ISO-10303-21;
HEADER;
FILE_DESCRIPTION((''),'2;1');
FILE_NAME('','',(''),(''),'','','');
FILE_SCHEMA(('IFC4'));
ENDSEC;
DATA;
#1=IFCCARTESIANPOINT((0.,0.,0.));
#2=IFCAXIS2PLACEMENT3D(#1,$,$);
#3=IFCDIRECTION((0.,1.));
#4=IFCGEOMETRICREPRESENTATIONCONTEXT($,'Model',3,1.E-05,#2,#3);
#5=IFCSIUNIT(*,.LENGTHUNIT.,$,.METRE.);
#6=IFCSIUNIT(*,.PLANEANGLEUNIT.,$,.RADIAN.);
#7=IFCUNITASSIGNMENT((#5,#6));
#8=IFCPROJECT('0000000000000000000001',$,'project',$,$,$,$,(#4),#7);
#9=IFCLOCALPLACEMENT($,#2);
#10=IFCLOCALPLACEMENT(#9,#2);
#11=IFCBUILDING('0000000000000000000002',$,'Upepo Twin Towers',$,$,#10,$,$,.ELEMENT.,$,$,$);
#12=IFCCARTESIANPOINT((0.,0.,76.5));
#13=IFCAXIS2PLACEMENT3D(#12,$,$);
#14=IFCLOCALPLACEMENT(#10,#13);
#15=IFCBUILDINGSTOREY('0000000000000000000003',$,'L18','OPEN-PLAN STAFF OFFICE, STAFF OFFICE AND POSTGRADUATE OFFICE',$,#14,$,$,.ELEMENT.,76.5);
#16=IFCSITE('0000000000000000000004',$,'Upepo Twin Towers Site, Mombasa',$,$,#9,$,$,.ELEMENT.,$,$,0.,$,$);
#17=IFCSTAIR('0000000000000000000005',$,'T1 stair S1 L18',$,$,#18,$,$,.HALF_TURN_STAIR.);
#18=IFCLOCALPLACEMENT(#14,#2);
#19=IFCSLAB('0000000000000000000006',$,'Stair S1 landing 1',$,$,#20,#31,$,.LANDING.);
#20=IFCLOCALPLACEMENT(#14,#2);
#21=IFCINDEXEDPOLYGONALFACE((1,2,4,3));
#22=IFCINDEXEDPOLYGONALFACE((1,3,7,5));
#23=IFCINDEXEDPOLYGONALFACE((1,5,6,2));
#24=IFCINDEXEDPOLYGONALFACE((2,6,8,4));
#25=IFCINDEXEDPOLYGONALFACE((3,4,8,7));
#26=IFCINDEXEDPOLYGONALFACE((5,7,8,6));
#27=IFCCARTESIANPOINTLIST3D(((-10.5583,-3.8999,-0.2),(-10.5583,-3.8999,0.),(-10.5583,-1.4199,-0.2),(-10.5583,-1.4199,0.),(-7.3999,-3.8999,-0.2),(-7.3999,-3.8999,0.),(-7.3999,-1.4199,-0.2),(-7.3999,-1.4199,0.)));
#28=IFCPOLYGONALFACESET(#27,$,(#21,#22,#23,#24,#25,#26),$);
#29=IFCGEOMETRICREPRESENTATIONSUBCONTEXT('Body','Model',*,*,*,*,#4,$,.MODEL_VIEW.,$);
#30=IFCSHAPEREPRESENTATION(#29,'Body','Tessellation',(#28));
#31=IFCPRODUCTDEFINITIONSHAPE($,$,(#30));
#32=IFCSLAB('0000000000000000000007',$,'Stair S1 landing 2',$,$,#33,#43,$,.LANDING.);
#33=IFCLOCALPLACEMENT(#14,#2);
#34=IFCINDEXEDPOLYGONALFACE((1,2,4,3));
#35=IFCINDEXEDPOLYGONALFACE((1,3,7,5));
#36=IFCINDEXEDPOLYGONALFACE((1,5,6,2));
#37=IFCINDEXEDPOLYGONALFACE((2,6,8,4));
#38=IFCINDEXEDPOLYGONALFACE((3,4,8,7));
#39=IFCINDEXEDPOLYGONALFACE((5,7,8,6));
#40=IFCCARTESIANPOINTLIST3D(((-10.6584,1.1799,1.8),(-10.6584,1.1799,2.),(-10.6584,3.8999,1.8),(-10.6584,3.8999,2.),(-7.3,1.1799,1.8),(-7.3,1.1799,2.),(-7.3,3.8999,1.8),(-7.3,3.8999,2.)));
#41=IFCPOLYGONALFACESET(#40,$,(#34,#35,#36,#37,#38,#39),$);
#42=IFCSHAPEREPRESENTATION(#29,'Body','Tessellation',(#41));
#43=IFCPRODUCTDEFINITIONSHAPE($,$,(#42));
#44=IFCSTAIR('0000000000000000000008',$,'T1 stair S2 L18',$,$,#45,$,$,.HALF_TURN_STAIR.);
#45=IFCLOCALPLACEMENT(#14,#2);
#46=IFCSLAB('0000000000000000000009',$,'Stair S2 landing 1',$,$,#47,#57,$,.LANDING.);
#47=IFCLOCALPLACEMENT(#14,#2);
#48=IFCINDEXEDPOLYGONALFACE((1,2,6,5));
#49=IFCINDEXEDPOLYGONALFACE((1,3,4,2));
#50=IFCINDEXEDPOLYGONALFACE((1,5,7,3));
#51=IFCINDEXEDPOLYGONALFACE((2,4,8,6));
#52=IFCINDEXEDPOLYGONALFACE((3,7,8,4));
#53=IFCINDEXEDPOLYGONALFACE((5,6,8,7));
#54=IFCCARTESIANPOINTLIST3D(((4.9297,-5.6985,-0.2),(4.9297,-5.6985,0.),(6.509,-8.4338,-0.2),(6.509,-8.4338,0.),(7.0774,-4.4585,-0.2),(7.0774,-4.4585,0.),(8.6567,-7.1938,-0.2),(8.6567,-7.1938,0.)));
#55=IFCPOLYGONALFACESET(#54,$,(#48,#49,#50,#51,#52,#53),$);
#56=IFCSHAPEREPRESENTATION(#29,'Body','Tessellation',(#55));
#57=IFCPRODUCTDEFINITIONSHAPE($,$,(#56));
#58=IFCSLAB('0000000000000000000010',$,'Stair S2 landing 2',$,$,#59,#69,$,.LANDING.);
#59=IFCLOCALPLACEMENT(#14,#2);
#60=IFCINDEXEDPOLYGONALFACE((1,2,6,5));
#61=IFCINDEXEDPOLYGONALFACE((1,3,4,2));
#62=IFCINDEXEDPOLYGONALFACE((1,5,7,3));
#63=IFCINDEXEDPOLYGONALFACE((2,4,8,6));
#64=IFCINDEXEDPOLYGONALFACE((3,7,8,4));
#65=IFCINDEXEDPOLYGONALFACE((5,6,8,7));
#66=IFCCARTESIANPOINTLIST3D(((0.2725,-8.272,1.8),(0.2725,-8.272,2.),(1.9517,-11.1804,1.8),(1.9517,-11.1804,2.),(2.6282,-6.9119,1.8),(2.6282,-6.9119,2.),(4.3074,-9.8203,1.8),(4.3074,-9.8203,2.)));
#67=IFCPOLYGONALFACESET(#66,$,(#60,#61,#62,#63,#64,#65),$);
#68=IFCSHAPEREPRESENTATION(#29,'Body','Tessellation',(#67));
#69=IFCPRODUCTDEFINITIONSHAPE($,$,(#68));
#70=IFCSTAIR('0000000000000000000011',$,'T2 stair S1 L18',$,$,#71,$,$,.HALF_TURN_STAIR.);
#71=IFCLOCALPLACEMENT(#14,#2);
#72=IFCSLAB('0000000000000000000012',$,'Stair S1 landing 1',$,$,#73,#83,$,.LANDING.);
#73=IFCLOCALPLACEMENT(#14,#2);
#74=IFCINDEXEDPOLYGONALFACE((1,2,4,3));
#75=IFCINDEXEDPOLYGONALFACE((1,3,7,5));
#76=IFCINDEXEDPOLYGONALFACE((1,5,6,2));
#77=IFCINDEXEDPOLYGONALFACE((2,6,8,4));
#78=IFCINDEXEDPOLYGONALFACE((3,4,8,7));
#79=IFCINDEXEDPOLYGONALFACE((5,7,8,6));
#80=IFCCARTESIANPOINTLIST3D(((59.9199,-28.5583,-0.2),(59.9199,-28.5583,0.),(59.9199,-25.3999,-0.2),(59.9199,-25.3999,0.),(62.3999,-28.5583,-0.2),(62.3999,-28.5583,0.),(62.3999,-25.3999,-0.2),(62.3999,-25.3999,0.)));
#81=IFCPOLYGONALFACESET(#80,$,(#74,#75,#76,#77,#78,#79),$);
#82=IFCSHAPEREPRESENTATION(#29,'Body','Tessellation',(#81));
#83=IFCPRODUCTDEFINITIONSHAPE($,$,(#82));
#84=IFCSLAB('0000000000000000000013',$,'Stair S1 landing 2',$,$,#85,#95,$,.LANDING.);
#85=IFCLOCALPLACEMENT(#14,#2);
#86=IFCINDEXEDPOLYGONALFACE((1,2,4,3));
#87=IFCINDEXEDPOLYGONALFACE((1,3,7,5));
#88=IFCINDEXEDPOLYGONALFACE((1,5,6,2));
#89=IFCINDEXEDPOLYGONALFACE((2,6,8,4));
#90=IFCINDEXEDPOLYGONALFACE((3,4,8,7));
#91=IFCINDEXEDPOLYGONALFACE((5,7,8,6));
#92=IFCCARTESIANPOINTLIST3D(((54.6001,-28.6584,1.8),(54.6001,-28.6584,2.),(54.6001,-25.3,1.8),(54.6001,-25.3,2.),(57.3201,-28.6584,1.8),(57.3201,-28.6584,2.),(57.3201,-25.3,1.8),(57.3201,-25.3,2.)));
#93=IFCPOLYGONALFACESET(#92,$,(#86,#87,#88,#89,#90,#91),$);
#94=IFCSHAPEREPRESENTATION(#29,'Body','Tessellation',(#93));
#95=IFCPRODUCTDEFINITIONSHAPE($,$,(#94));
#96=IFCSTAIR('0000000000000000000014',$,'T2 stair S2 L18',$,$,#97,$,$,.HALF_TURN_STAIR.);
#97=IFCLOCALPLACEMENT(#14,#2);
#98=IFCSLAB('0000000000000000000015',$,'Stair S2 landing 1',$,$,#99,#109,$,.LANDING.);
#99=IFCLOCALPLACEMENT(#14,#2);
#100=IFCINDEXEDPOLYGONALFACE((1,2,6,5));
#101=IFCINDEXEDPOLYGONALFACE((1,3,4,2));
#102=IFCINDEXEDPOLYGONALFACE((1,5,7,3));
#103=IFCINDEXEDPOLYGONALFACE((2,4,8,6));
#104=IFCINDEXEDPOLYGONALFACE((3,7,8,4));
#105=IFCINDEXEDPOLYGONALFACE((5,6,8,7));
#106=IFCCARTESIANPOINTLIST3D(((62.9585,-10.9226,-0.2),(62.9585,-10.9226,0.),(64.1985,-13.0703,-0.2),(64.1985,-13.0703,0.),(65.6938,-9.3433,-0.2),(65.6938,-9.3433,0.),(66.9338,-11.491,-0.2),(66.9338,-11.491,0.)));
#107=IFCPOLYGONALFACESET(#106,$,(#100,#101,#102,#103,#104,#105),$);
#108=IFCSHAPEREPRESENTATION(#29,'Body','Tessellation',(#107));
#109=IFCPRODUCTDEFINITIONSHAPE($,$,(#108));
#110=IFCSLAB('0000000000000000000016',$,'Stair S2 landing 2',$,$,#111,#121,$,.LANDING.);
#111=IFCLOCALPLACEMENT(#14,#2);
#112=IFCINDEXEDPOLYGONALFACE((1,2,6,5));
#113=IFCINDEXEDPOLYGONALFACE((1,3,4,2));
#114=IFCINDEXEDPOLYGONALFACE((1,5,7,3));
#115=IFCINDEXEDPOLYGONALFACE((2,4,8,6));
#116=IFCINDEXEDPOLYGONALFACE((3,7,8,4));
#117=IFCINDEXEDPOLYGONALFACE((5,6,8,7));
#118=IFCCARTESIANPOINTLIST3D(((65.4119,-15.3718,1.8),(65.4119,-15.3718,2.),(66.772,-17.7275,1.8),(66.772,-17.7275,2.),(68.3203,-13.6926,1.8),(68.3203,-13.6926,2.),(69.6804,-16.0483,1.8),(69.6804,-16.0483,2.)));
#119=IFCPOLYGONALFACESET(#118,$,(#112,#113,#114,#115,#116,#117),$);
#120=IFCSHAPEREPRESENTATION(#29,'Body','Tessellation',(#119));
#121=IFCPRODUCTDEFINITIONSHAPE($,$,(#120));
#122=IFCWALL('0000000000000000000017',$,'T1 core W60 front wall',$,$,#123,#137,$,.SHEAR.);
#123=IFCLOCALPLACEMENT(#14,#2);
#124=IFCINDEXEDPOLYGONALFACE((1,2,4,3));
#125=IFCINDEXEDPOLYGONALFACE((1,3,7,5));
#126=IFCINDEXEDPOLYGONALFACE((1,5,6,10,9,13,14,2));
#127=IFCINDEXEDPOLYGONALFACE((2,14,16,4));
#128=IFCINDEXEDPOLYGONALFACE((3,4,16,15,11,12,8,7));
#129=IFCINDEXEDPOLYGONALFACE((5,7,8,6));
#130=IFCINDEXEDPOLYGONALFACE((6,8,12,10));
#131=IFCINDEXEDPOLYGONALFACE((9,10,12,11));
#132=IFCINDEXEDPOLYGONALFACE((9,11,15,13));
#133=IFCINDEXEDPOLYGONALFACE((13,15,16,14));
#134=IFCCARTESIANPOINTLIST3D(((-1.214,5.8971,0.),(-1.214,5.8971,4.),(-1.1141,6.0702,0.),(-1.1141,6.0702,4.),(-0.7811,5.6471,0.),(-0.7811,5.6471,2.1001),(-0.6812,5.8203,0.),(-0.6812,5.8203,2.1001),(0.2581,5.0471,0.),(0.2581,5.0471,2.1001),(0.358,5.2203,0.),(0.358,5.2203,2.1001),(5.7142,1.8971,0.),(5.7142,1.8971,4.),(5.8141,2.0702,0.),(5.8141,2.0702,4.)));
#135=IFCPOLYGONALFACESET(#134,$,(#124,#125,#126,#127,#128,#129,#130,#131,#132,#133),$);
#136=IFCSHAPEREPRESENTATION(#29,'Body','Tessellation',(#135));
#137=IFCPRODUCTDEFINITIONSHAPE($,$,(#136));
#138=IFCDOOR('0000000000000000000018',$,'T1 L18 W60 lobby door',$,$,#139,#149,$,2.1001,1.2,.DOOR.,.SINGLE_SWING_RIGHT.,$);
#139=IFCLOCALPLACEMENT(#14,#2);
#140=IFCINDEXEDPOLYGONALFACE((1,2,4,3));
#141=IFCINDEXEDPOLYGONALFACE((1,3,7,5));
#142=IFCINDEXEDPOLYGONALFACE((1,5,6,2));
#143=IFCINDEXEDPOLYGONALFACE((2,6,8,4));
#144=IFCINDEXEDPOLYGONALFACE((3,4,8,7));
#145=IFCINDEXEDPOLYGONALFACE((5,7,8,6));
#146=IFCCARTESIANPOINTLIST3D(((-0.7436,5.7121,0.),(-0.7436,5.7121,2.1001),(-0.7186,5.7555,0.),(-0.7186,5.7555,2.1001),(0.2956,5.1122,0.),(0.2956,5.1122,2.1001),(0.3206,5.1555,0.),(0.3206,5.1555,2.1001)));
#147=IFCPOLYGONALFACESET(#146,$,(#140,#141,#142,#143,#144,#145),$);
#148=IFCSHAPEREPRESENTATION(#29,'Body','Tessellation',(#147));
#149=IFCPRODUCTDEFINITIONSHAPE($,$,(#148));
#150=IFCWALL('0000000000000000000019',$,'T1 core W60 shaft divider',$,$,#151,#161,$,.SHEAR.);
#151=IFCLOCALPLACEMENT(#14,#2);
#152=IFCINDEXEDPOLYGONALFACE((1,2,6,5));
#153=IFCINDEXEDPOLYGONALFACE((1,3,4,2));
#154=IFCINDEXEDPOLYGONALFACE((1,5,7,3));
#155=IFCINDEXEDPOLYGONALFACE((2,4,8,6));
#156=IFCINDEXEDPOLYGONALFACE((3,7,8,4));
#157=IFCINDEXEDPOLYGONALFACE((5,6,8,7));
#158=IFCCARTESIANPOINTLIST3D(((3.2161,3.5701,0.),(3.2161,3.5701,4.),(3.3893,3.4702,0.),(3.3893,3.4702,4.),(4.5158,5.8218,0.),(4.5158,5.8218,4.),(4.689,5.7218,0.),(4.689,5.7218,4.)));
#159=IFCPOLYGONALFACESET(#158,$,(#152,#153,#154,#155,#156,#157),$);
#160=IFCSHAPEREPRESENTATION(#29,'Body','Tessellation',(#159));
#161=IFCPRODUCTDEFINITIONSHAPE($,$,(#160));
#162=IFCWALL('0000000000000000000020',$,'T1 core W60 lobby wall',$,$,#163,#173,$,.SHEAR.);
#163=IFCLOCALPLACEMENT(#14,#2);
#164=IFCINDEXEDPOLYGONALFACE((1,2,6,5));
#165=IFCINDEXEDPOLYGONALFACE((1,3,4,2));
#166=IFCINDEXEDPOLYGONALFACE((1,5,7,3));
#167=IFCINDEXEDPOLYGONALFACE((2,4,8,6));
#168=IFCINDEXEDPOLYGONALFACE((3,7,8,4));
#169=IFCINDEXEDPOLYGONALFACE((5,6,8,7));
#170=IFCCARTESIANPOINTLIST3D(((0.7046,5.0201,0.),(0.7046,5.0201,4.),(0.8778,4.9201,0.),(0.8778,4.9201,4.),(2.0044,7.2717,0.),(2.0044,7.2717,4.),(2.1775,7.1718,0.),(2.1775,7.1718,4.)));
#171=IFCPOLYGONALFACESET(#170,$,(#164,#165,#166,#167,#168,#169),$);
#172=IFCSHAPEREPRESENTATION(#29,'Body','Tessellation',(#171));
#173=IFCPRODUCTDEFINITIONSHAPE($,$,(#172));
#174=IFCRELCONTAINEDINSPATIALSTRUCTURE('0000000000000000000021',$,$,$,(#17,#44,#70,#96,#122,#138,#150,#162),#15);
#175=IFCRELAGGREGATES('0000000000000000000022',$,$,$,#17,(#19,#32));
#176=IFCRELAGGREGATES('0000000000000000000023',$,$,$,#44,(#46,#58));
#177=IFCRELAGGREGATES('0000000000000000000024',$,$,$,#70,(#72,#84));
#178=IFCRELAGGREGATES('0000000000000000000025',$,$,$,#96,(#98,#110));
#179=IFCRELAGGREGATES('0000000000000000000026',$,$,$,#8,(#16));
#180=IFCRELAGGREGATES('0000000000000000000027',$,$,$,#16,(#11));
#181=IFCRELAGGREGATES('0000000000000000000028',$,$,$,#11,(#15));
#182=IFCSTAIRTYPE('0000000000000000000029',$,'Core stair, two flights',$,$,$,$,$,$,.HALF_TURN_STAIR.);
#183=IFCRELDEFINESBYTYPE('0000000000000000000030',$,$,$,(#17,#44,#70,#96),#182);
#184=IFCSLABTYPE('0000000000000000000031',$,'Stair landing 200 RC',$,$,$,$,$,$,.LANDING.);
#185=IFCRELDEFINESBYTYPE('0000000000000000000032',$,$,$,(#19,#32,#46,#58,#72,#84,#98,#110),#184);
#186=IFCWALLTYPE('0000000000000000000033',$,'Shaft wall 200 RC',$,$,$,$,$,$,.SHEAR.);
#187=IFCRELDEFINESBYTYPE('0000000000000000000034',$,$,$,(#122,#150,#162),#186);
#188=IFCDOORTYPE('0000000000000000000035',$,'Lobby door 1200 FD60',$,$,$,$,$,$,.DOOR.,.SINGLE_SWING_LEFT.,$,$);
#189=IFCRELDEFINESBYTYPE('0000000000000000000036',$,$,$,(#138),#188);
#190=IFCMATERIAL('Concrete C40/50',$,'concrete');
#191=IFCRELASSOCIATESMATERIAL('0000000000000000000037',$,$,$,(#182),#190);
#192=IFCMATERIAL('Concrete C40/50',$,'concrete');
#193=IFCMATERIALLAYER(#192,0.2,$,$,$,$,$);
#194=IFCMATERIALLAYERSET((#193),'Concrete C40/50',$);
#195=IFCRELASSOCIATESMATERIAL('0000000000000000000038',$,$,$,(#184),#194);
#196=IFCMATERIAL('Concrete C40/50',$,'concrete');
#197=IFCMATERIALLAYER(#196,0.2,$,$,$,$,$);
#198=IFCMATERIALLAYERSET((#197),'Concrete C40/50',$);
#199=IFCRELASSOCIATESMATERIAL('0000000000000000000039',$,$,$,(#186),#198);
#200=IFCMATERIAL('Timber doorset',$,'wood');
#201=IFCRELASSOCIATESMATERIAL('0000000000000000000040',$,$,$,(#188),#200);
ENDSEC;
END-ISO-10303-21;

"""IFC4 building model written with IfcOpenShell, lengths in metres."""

from ifc_helpers import new_model, si_unit, direction, frame, frame_2d, origin, place, context, subcontext, project, spatial, polyline, rectangle, outline, extrude, material, layer, layer_set, type_object, element, fill, aggregate, save


model = new_model("IFC4")

# Units and contexts
model_context = context("Model", 3, precision=1e-05, world=origin(), true_north=direction((0.0, 1.0)))
body_context = subcontext(model_context, "Body", "Model", "MODEL_VIEW")
ifc_project = project(units=[si_unit("LENGTHUNIT", "METRE"), si_unit("PLANEANGLEUNIT", "RADIAN")], contexts=[model_context])

# Site, building, storey
site_placement = place(None, origin())
site = spatial("IfcSite", under=ifc_project, at=site_placement, Name="Upepo Twin Towers Site, Mombasa", CompositionType="ELEMENT", RefElevation=0.0)
building_placement = place(site_placement, origin())
building = spatial("IfcBuilding", under=site, at=building_placement, Name="Upepo Twin Towers", CompositionType="ELEMENT")
storey_placement = place(building_placement, frame((0.0, 0.0, 76.5)))
storey = spatial("IfcBuildingStorey", under=building, at=storey_placement, Name="L18", Description="OPEN-PLAN STAFF OFFICE, STAFF OFFICE AND POSTGRADUATE OFFICE", CompositionType="ELEMENT", Elevation=76.5)

# Stairs, slabs
ifc_material_1 = material(Name="Concrete C40/50", Category="concrete")
stair_type = type_object("IfcStairType", Name="Core stair, two flights", PredefinedType="HALF_TURN_STAIR", material=ifc_material_1)
stair_1_placement = place(storey_placement, origin())
stair_1 = element("IfcStair", 1, at=stair_1_placement, inside=storey, type_object=stair_type, Name="T1 stair S1 L18", PredefinedType="HALF_TURN_STAIR")
ifc_material_2 = material(Name="Concrete C40/50", Category="concrete")
ifc_layer_1 = layer(ifc_material_2, 0.2)
ifc_layer_set_1 = layer_set([ifc_layer_1], Name="Concrete C40/50")
slab_type = type_object("IfcSlabType", Name="Stair landing 200 RC", PredefinedType="LANDING", material=ifc_layer_set_1)
slab_1_placement = place(storey_placement, frame((0.0, 0.0, -0.2)))
slab_1 = element("IfcSlab", 2, at=slab_1_placement, type_object=slab_type, Name="Stair S1 landing 1", PredefinedType="LANDING", context=body_context, shape_type="SweptSolid", body=[
    extrude(outline(polyline([(-7.3999, -1.4199), (-10.5583, -1.4199), (-10.5583, -3.8999), (-7.3999, -3.8999), (-7.3999, -1.4199)])), origin(), (0.0, 0.0, 1.0), 0.2),
])
slab_2_placement = place(storey_placement, frame((0.0, 0.0, 1.8)))
slab_2 = element("IfcSlab", 3, at=slab_2_placement, type_object=slab_type, Name="Stair S1 landing 2", PredefinedType="LANDING", context=body_context, shape_type="SweptSolid", body=[
    extrude(outline(polyline([(-7.3, 3.8999), (-10.6584, 3.8999), (-10.6584, 1.1799), (-7.3, 1.1799), (-7.3, 3.8999)])), origin(), (0.0, 0.0, 1.0), 0.2),
])
aggregate(stair_1, [slab_1, slab_2])
stair_2_placement = place(storey_placement, origin())
stair_2 = element("IfcStair", 4, at=stair_2_placement, inside=storey, type_object=stair_type, Name="T1 stair S2 L18", PredefinedType="HALF_TURN_STAIR")
slab_3_placement = place(storey_placement, frame((0.0, 0.0, -0.2)))
slab_3 = element("IfcSlab", 5, at=slab_3_placement, type_object=slab_type, Name="Stair S2 landing 1", PredefinedType="LANDING", context=body_context, shape_type="SweptSolid", body=[
    extrude(outline(polyline([(4.9297, -5.6985), (6.509, -8.4338), (8.6567, -7.1938), (7.0774, -4.4585), (4.9297, -5.6985)])), origin(), (0.0, 0.0, 1.0), 0.2),
])
slab_4_placement = place(storey_placement, frame((0.0, 0.0, 1.8)))
slab_4 = element("IfcSlab", 6, at=slab_4_placement, type_object=slab_type, Name="Stair S2 landing 2", PredefinedType="LANDING", context=body_context, shape_type="SweptSolid", body=[
    extrude(outline(polyline([(0.2725, -8.272), (1.9517, -11.1804), (4.3074, -9.8203), (2.6282, -6.9119), (0.2725, -8.272)])), origin(), (0.0, 0.0, 1.0), 0.2),
])
aggregate(stair_2, [slab_3, slab_4])
stair_3_placement = place(storey_placement, origin())
stair_3 = element("IfcStair", 7, at=stair_3_placement, inside=storey, type_object=stair_type, Name="T2 stair S1 L18", PredefinedType="HALF_TURN_STAIR")
slab_5_placement = place(storey_placement, frame((0.0, 0.0, -0.2)))
slab_5 = element("IfcSlab", 8, at=slab_5_placement, type_object=slab_type, Name="Stair S1 landing 1", PredefinedType="LANDING", context=body_context, shape_type="SweptSolid", body=[
    extrude(outline(polyline([(59.9199, -25.3999), (59.9199, -28.5583), (62.3999, -28.5583), (62.3999, -25.3999), (59.9199, -25.3999)])), origin(), (0.0, 0.0, 1.0), 0.2),
])
slab_6_placement = place(storey_placement, frame((0.0, 0.0, 1.8)))
slab_6 = element("IfcSlab", 9, at=slab_6_placement, type_object=slab_type, Name="Stair S1 landing 2", PredefinedType="LANDING", context=body_context, shape_type="SweptSolid", body=[
    extrude(outline(polyline([(54.6001, -25.3), (54.6001, -28.6584), (57.3201, -28.6584), (57.3201, -25.3), (54.6001, -25.3)])), origin(), (0.0, 0.0, 1.0), 0.2),
])
aggregate(stair_3, [slab_5, slab_6])
stair_4_placement = place(storey_placement, origin())
stair_4 = element("IfcStair", 10, at=stair_4_placement, inside=storey, type_object=stair_type, Name="T2 stair S2 L18", PredefinedType="HALF_TURN_STAIR")
slab_7_placement = place(storey_placement, frame((0.0, 0.0, -0.2)))
slab_7 = element("IfcSlab", 11, at=slab_7_placement, type_object=slab_type, Name="Stair S2 landing 1", PredefinedType="LANDING", context=body_context, shape_type="SweptSolid", body=[
    extrude(outline(polyline([(64.1985, -13.0703), (66.9338, -11.491), (65.6938, -9.3433), (62.9585, -10.9226), (64.1985, -13.0703)])), origin(), (0.0, 0.0, 1.0), 0.2),
])
slab_8_placement = place(storey_placement, frame((0.0, 0.0, 1.8)))
slab_8 = element("IfcSlab", 12, at=slab_8_placement, type_object=slab_type, Name="Stair S2 landing 2", PredefinedType="LANDING", context=body_context, shape_type="SweptSolid", body=[
    extrude(outline(polyline([(66.772, -17.7275), (69.6804, -16.0483), (68.3203, -13.6926), (65.4119, -15.3718), (66.772, -17.7275)])), origin(), (0.0, 0.0, 1.0), 0.2),
])
aggregate(stair_4, [slab_7, slab_8])

# Wall, opening, door
ifc_material_3 = material(Name="Concrete C40/50", Category="concrete")
ifc_layer_2 = layer(ifc_material_3, 0.2)
ifc_layer_set_2 = layer_set([ifc_layer_2], Name="Concrete C40/50")
wall_type_1 = type_object("IfcWallType", Name="Shaft wall 200 RC", PredefinedType="SHEAR", material=ifc_layer_set_2)
wall_1_placement = place(storey_placement, frame((5.7642, 1.9836, 0.0), z_axis=(0.0, 0.0, 1.0), x_axis=(-0.866026, 0.499999, 0.0)))
wall_1 = element("IfcWall", 13, at=wall_1_placement, inside=storey, type_object=wall_type_1, Name="T1 core W60 front wall", PredefinedType="SHEAR", context=body_context, shape_type="SweptSolid", body=[
    extrude(rectangle(XDim=8.0, YDim=0.2, at=frame_2d((4.0, 0.0))), origin(), (0.0, 0.0, 1.0), 4.0),
])
opening_1_placement = place(wall_1_placement, frame((6.3, 0.0, 0.0)))
opening_1 = element("IfcOpeningElement", 14, at=opening_1_placement, cuts=wall_1, PredefinedType="OPENING", context=body_context, shape_type="SweptSolid", body=[
    extrude(rectangle(XDim=1.2, YDim=2.1001, at=frame_2d((0.6001, 1.05))), frame((0.0, 0.1099, 0.0), z_axis=(0.0, -1.0, 0.0), x_axis=(1.0, 0.0, 0.0)), (0.0, 0.0, 1.0), 0.22),
])
ifc_material_4 = material(Name="Timber doorset", Category="wood")
door_type_1 = type_object("IfcDoorType", Name="Lobby door 1200 FD60", OperationType="SINGLE_SWING_LEFT", PredefinedType="DOOR", material=ifc_material_4)
door_1_placement = place(opening_1_placement, origin())
door_1 = element("IfcDoor", 15, at=door_1_placement, inside=storey, type_object=door_type_1, Name="T1 L18 W60 lobby door", OperationType="SINGLE_SWING_RIGHT", OverallHeight=2.1001, OverallWidth=1.2, PredefinedType="DOOR", context=body_context, shape_type="SweptSolid", body=[
    extrude(rectangle(XDim=1.2, YDim=2.1001, at=frame_2d((0.6001, 1.05))), frame((0.0, 0.0249, 0.0), z_axis=(0.0, -1.0, 0.0), x_axis=(1.0, 0.0, 0.0)), (0.0, 0.0, 1.0), 0.05),
])
fill(opening_1, door_1)

# Walls
for number, where, z_axis, x_axis, name in (
    (16, (3.3027, 3.5203, 0.0), (0.0, 0.0, 1.0), (0.499937, 0.866062, 0.0), "T1 core W60 shaft divider"),
    (17, (0.7913, 4.9702, 0.0), (0.0, 0.0, 1.0), (0.499937, 0.866062, 0.0), "T1 core W60 lobby wall"),
):
    element("IfcWall", number, at=place(storey_placement, frame(where, z_axis=z_axis, x_axis=x_axis)), inside=storey, type_object=wall_type_1, Name=name, PredefinedType="SHEAR", context=body_context, shape_type="SweptSolid", body=[
        extrude(rectangle(XDim=2.5999, YDim=0.2, at=frame_2d((1.2998, 0.0))), origin(), (0.0, 0.0, 1.0), 4.0),
    ])

save(model, "model.ifc")
